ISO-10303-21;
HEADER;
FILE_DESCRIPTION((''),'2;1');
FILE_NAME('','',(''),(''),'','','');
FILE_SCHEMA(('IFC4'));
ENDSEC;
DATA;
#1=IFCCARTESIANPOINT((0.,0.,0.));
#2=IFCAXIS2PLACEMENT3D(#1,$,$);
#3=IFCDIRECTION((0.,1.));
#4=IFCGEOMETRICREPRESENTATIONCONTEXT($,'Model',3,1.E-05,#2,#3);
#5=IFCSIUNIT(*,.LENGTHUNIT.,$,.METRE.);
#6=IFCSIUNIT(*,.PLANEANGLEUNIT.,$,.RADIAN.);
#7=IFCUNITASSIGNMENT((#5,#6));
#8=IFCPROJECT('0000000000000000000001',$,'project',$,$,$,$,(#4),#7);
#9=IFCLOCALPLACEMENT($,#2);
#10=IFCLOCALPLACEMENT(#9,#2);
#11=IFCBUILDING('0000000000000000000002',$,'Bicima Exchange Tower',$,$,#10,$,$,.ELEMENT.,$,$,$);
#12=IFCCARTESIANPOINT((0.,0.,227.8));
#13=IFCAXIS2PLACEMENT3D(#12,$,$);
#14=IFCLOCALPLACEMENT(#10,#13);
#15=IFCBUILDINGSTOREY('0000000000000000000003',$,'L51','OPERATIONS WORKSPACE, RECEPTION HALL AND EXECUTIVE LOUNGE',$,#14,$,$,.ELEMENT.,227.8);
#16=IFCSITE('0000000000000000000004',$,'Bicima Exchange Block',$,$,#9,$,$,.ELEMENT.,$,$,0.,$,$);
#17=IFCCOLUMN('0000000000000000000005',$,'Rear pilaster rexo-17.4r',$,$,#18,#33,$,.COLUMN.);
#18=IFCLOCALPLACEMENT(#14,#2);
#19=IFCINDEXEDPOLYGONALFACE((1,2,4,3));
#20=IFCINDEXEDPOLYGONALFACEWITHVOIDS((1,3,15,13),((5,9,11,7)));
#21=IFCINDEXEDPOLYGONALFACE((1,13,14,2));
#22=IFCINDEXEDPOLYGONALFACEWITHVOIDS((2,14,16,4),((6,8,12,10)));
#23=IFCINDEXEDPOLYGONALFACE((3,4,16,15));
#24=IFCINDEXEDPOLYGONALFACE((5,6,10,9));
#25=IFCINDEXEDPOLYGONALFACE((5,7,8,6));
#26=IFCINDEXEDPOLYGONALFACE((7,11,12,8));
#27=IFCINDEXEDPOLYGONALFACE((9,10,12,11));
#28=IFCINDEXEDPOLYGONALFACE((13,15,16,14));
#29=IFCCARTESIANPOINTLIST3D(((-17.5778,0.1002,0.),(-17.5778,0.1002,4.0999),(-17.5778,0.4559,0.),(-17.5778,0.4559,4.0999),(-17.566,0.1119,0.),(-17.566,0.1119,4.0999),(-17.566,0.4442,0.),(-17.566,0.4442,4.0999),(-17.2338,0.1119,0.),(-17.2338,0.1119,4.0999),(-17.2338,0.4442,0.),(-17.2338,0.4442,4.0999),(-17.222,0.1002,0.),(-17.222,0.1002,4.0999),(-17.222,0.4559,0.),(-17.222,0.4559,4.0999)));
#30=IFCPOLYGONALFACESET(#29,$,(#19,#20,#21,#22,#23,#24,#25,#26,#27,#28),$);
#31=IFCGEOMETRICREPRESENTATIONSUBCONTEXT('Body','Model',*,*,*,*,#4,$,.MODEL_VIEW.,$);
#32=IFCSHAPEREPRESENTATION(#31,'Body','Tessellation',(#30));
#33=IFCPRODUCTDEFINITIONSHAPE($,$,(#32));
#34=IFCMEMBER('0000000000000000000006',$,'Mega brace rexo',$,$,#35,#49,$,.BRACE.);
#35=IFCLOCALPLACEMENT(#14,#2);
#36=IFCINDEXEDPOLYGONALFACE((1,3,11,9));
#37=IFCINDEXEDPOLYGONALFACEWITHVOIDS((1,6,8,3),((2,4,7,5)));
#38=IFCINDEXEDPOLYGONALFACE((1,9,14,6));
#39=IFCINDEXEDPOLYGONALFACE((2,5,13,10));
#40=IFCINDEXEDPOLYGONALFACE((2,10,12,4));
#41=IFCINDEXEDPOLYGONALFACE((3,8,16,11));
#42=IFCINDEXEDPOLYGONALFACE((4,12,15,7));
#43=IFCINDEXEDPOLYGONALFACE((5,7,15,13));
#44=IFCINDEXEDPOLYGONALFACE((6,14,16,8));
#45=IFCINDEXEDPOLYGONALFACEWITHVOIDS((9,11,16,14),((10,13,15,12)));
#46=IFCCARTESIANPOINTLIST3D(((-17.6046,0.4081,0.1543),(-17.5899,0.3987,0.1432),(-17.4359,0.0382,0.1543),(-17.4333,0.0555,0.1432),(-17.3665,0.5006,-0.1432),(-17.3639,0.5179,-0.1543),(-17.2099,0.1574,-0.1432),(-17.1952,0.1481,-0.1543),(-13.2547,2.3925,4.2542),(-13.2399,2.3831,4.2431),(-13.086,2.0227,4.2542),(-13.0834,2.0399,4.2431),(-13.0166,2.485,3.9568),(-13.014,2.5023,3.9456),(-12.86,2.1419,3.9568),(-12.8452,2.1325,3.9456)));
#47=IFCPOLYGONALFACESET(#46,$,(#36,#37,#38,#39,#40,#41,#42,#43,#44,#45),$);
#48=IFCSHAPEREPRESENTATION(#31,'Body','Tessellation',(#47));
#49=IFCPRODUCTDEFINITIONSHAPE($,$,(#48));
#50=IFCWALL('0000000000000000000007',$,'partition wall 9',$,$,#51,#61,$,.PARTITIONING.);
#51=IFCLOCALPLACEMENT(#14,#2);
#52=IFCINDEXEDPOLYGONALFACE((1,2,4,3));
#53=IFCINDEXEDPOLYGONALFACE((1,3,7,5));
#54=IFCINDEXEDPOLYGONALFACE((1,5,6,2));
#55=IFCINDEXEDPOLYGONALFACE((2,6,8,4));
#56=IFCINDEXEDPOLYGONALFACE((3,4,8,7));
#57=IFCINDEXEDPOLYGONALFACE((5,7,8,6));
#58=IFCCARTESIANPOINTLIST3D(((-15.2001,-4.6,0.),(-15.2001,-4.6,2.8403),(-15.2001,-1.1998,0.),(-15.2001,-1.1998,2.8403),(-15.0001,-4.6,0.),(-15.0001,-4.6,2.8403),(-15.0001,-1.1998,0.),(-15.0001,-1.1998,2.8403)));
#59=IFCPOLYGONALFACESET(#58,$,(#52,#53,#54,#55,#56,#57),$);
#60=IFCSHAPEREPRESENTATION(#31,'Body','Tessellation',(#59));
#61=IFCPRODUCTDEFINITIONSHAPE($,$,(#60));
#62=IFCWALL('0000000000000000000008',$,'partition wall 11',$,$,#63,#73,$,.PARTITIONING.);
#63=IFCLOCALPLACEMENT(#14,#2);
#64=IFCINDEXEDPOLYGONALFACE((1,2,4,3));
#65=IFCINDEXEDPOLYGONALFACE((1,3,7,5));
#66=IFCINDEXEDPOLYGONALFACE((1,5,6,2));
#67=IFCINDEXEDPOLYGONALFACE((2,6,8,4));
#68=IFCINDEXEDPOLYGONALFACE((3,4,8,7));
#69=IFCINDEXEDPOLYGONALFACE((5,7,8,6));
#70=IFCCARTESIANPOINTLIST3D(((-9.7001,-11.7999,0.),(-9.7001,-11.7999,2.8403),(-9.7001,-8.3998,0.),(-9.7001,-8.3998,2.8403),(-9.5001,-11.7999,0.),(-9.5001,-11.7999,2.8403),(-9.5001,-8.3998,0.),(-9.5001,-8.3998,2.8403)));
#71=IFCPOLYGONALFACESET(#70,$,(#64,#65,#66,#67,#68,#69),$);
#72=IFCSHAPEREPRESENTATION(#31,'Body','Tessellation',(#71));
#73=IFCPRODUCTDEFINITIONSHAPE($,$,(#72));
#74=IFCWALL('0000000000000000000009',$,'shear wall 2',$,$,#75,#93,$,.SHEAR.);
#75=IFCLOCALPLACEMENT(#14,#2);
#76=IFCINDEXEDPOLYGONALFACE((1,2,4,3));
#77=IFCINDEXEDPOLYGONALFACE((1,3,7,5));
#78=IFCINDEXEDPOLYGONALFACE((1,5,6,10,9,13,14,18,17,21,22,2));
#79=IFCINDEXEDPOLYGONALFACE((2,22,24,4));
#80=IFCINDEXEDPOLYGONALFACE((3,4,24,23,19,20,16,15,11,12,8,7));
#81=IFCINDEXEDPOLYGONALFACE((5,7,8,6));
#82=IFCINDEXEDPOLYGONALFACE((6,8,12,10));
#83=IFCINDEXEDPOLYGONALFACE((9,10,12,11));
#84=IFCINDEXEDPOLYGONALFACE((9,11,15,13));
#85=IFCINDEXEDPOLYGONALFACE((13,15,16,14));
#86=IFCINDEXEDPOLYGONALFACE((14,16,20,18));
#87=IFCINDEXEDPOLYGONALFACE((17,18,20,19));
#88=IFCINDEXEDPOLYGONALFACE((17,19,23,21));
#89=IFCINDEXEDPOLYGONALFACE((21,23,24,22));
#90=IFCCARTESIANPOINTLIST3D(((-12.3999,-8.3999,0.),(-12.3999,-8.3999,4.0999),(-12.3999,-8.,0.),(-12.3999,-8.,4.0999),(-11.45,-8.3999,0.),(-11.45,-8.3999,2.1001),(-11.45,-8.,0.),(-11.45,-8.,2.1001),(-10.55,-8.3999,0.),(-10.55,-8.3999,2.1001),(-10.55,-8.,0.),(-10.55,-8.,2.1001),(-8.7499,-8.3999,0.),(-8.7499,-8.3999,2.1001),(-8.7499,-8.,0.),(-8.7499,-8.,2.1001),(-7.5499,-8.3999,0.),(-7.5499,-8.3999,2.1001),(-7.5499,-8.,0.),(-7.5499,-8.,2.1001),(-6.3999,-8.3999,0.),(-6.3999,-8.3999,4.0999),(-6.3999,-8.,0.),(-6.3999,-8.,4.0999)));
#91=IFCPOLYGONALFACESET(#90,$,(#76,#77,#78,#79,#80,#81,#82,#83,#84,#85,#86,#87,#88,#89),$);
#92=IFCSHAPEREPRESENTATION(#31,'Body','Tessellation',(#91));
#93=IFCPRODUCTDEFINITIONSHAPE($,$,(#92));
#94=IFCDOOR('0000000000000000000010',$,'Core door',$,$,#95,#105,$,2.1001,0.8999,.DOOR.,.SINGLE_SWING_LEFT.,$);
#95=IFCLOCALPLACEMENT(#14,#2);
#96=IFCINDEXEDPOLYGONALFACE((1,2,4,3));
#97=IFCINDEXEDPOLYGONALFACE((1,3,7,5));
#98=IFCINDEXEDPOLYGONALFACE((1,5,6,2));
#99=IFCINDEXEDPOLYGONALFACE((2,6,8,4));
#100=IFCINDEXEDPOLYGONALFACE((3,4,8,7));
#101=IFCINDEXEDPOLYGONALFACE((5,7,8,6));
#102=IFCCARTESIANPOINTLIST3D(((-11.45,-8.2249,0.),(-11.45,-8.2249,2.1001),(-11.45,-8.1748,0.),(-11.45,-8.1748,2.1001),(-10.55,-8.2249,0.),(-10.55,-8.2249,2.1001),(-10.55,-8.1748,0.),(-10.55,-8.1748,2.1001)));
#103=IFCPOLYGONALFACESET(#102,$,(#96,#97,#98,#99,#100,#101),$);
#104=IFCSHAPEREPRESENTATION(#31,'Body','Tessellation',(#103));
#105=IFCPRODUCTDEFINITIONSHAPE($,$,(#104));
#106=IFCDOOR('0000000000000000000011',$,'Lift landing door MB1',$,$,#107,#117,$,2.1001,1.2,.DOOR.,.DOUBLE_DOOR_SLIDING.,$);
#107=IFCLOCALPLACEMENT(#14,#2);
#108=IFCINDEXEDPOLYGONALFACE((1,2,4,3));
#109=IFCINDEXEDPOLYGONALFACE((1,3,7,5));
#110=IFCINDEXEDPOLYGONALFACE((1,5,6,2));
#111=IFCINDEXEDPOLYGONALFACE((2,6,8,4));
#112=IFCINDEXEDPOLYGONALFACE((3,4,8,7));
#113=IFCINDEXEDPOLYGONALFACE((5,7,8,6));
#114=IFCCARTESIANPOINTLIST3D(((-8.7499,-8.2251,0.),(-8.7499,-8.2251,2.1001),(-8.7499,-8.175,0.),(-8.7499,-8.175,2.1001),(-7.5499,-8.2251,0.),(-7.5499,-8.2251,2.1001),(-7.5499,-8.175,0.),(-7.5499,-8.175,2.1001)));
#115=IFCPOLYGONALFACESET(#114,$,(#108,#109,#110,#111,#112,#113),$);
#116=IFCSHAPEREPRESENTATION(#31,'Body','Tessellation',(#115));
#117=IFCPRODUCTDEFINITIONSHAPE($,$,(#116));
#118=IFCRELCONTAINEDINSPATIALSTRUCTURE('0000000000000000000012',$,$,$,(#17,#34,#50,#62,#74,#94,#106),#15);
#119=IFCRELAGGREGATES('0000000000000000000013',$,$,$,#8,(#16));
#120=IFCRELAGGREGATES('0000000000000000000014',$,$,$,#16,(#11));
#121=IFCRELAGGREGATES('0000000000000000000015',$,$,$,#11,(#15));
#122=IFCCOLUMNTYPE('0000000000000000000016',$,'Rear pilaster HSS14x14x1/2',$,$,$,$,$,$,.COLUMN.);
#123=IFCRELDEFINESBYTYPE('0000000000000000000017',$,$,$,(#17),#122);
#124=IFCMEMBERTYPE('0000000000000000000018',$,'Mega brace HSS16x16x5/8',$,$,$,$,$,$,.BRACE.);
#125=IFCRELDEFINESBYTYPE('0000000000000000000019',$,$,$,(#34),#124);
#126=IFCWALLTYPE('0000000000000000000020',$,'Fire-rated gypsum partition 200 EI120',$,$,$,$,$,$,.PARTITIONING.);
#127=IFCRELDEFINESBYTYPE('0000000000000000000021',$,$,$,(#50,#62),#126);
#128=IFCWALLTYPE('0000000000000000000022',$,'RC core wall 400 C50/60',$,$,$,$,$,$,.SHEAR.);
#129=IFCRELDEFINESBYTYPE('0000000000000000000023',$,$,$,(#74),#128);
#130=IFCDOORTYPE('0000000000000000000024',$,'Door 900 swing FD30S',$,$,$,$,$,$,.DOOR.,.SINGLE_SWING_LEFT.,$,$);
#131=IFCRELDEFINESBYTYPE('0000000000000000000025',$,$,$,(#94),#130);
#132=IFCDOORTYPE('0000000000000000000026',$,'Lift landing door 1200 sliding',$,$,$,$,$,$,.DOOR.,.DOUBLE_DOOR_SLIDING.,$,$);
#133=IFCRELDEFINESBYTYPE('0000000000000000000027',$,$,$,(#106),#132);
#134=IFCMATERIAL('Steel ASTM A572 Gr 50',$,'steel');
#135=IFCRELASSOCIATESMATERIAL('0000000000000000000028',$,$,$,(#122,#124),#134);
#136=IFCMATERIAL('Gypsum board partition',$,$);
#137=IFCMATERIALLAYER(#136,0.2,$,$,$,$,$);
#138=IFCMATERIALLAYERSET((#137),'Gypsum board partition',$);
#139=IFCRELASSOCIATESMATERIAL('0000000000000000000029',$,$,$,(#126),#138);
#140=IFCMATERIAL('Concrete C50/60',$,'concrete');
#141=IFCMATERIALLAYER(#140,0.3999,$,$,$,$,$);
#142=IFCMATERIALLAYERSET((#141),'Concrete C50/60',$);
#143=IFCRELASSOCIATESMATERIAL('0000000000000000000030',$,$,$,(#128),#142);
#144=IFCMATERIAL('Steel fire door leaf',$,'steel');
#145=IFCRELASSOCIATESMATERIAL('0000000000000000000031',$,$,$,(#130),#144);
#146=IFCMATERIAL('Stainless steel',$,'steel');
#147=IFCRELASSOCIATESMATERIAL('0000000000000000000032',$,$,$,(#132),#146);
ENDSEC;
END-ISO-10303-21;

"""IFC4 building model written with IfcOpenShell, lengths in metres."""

from ifc_helpers import new_model, si_unit, direction, frame, frame_2d, origin, origin_2d, place, context, subcontext, project, spatial, rectangle, hollow_rectangle, extrude, material, layer, layer_set, material_profile, profile_set, type_object, element, fill, save


model = new_model("IFC4")

# Units and contexts
model_context = context("Model", 3, precision=1e-05, world=origin(), true_north=direction((0.0, 1.0)))
body_context = subcontext(model_context, "Body", "Model", "MODEL_VIEW")
ifc_project = project(units=[si_unit("LENGTHUNIT", "METRE"), si_unit("PLANEANGLEUNIT", "RADIAN")], contexts=[model_context])

# Site, building, storey
site_placement = place(None, origin())
site = spatial("IfcSite", under=ifc_project, at=site_placement, Name="Bicima Exchange Block", CompositionType="ELEMENT", RefElevation=0.0)
building_placement = place(site_placement, origin())
building = spatial("IfcBuilding", under=site, at=building_placement, Name="Bicima Exchange Tower", CompositionType="ELEMENT")
storey_placement = place(building_placement, frame((0.0, 0.0, 227.8)))
storey = spatial("IfcBuildingStorey", under=building, at=storey_placement, Name="L51", Description="OPERATIONS WORKSPACE, RECEPTION HALL AND EXECUTIVE LOUNGE", CompositionType="ELEMENT", Elevation=227.8)

# Column
ifc_material_1 = material(Name="Steel ASTM A572 Gr 50", Category="steel")
ifc_material_profile_1 = material_profile(ifc_material_1, hollow_rectangle(XDim=0.3557, YDim=0.3557, WallThickness=0.0117, at=origin_2d()))
ifc_profile_set_1 = profile_set([ifc_material_profile_1], Name="Steel ASTM A572 Gr 50")
column_type = type_object("IfcColumnType", Name="Rear pilaster HSS14x14x1/2", PredefinedType="COLUMN", material=ifc_profile_set_1)
column_placement = place(storey_placement, frame((-17.3999, 0.2781, 0.0), z_axis=(0.0, 0.0, 1.0), x_axis=(1.0, 0.0, 0.0)))
element("IfcColumn", 1, at=column_placement, inside=storey, type_object=column_type, Name="Rear pilaster rexo-17.4r", PredefinedType="COLUMN", context=body_context, shape_type="SweptSolid", body=[
    extrude(hollow_rectangle(XDim=0.3557, YDim=0.3557, WallThickness=0.0117, at=origin_2d()), origin(), (0.0, 0.0, 1.0), 4.0999),
])

# Member
ifc_material_profile_2 = material_profile(ifc_material_1, hollow_rectangle(XDim=0.4065, YDim=0.4065, WallThickness=0.0146, at=origin_2d()))
ifc_profile_set_2 = profile_set([ifc_material_profile_2], Name="Steel ASTM A572 Gr 50")
member_type = type_object("IfcMemberType", Name="Mega brace HSS16x16x5/8", PredefinedType="BRACE", material=ifc_profile_set_2)
member_placement = place(storey_placement, frame((-17.3999, 0.2781, 0.0), z_axis=(0.690646, 0.315068, 0.650953), x_axis=(-0.415045, 0.909801, 0.0)))
element("IfcMember", 2, at=member_placement, inside=storey, type_object=member_type, Name="Mega brace rexo", PredefinedType="BRACE", context=body_context, shape_type="SweptSolid", body=[
    extrude(hollow_rectangle(XDim=0.4065, YDim=0.4065, WallThickness=0.0146, at=origin_2d()), origin(), (0.0, 0.0, 1.0), 6.2983),
])

# Walls
ifc_material_2 = material(Name="Gypsum board partition")
ifc_layer_1 = layer(ifc_material_2, 0.2)
ifc_layer_set_1 = layer_set([ifc_layer_1], Name="Gypsum board partition")
wall_type_1 = type_object("IfcWallType", Name="Fire-rated gypsum partition 200 EI120", PredefinedType="PARTITIONING", material=ifc_layer_set_1)
for number, where, z_axis, x_axis, name in (
    (3, (-15.1001, -4.6001, 0.0), (0.0, 0.0, 1.0), (0.0, 1.0, 0.0), "partition wall 9"),
    (4, (-9.6001, -11.8, 0.0), (0.0, 0.0, 1.0), (0.0, 1.0, 0.0), "partition wall 11"),
):
    element("IfcWall", number, at=place(storey_placement, frame(where, z_axis=z_axis, x_axis=x_axis)), inside=storey, type_object=wall_type_1, Name=name, PredefinedType="PARTITIONING", context=body_context, shape_type="SweptSolid", body=[
        extrude(rectangle(XDim=3.4001, YDim=0.2, at=frame_2d((1.7002, 0.0))), origin(), (0.0, 0.0, 1.0), 2.8403),
    ])

# Wall, openings, doors
ifc_material_3 = material(Name="Concrete C50/60", Category="concrete")
ifc_layer_2 = layer(ifc_material_3, 0.3999)
ifc_layer_set_2 = layer_set([ifc_layer_2], Name="Concrete C50/60")
wall_type_2 = type_object("IfcWallType", Name="RC core wall 400 C50/60", PredefinedType="SHEAR", material=ifc_layer_set_2)
wall_1_placement = place(storey_placement, frame((-12.3999, -8.2, 0.0), z_axis=(0.0, 0.0, 1.0), x_axis=(1.0, 0.0, 0.0)))
wall_1 = element("IfcWall", 5, at=wall_1_placement, inside=storey, type_object=wall_type_2, Name="shear wall 2", PredefinedType="SHEAR", context=body_context, shape_type="SweptSolid", body=[
    extrude(rectangle(XDim=6.0, YDim=0.3999, at=frame_2d((3.0, 0.0))), origin(), (0.0, 0.0, 1.0), 4.0999),
])
opening_1_placement = place(wall_1_placement, frame((3.6499, 0.0, 0.0)))
opening_1 = element("IfcOpeningElement", 6, at=opening_1_placement, cuts=wall_1, PredefinedType="OPENING", context=body_context, shape_type="SweptSolid", body=[
    extrude(rectangle(XDim=1.2, YDim=2.1001, at=frame_2d((0.6001, 1.05))), frame((0.0, 0.2119, 0.0), z_axis=(0.0, -1.0, 0.0), x_axis=(1.0, 0.0, 0.0)), (0.0, 0.0, 1.0), 0.4238),
])
opening_2_placement = place(wall_1_placement, frame((0.95, 0.0, 0.0)))
opening_2 = element("IfcOpeningElement", 7, at=opening_2_placement, cuts=wall_1, PredefinedType="OPENING", context=body_context, shape_type="SweptSolid", body=[
    extrude(rectangle(XDim=0.8999, YDim=2.1001, at=frame_2d((0.45, 1.05))), frame((0.0, 0.2119, 0.0), z_axis=(0.0, -1.0, 0.0), x_axis=(1.0, 0.0, 0.0)), (0.0, 0.0, 1.0), 0.4238),
])
ifc_material_4 = material(Name="Steel fire door leaf", Category="steel")
door_type_1 = type_object("IfcDoorType", Name="Door 900 swing FD30S", OperationType="SINGLE_SWING_LEFT", PredefinedType="DOOR", material=ifc_material_4)
door_1_placement = place(opening_2_placement, frame((0.8999, 0.0, 0.0), z_axis=(0.0, 0.0, 1.0), x_axis=(-1.0, 0.0, 0.0)))
door_1 = element("IfcDoor", 8, at=door_1_placement, inside=storey, type_object=door_type_1, Name="Core door", OperationType="SINGLE_SWING_LEFT", OverallHeight=2.1001, OverallWidth=0.8999, PredefinedType="DOOR", context=body_context, shape_type="SweptSolid", body=[
    extrude(rectangle(XDim=0.8999, YDim=2.1001, at=frame_2d((0.45, 1.05))), frame((0.0, 0.0249, 0.0), z_axis=(0.0, -1.0, 0.0), x_axis=(1.0, 0.0, 0.0)), (0.0, 0.0, 1.0), 0.05),
])
fill(opening_2, door_1)
ifc_material_5 = material(Name="Stainless steel", Category="steel")
door_type_2 = type_object("IfcDoorType", Name="Lift landing door 1200 sliding", OperationType="DOUBLE_DOOR_SLIDING", PredefinedType="DOOR", material=ifc_material_5)
door_2_placement = place(opening_1_placement, origin())
door_2 = element("IfcDoor", 9, at=door_2_placement, inside=storey, type_object=door_type_2, Name="Lift landing door MB1", OperationType="DOUBLE_DOOR_SLIDING", OverallHeight=2.1001, OverallWidth=1.2, PredefinedType="DOOR", context=body_context, shape_type="SweptSolid", body=[
    extrude(rectangle(XDim=1.2, YDim=2.1001, at=frame_2d((0.6001, 1.05))), frame((0.0, 0.0249, 0.0), z_axis=(0.0, -1.0, 0.0), x_axis=(1.0, 0.0, 0.0)), (0.0, 0.0, 1.0), 0.05),
])
fill(opening_1, door_2)

save(model, "model.ifc")
